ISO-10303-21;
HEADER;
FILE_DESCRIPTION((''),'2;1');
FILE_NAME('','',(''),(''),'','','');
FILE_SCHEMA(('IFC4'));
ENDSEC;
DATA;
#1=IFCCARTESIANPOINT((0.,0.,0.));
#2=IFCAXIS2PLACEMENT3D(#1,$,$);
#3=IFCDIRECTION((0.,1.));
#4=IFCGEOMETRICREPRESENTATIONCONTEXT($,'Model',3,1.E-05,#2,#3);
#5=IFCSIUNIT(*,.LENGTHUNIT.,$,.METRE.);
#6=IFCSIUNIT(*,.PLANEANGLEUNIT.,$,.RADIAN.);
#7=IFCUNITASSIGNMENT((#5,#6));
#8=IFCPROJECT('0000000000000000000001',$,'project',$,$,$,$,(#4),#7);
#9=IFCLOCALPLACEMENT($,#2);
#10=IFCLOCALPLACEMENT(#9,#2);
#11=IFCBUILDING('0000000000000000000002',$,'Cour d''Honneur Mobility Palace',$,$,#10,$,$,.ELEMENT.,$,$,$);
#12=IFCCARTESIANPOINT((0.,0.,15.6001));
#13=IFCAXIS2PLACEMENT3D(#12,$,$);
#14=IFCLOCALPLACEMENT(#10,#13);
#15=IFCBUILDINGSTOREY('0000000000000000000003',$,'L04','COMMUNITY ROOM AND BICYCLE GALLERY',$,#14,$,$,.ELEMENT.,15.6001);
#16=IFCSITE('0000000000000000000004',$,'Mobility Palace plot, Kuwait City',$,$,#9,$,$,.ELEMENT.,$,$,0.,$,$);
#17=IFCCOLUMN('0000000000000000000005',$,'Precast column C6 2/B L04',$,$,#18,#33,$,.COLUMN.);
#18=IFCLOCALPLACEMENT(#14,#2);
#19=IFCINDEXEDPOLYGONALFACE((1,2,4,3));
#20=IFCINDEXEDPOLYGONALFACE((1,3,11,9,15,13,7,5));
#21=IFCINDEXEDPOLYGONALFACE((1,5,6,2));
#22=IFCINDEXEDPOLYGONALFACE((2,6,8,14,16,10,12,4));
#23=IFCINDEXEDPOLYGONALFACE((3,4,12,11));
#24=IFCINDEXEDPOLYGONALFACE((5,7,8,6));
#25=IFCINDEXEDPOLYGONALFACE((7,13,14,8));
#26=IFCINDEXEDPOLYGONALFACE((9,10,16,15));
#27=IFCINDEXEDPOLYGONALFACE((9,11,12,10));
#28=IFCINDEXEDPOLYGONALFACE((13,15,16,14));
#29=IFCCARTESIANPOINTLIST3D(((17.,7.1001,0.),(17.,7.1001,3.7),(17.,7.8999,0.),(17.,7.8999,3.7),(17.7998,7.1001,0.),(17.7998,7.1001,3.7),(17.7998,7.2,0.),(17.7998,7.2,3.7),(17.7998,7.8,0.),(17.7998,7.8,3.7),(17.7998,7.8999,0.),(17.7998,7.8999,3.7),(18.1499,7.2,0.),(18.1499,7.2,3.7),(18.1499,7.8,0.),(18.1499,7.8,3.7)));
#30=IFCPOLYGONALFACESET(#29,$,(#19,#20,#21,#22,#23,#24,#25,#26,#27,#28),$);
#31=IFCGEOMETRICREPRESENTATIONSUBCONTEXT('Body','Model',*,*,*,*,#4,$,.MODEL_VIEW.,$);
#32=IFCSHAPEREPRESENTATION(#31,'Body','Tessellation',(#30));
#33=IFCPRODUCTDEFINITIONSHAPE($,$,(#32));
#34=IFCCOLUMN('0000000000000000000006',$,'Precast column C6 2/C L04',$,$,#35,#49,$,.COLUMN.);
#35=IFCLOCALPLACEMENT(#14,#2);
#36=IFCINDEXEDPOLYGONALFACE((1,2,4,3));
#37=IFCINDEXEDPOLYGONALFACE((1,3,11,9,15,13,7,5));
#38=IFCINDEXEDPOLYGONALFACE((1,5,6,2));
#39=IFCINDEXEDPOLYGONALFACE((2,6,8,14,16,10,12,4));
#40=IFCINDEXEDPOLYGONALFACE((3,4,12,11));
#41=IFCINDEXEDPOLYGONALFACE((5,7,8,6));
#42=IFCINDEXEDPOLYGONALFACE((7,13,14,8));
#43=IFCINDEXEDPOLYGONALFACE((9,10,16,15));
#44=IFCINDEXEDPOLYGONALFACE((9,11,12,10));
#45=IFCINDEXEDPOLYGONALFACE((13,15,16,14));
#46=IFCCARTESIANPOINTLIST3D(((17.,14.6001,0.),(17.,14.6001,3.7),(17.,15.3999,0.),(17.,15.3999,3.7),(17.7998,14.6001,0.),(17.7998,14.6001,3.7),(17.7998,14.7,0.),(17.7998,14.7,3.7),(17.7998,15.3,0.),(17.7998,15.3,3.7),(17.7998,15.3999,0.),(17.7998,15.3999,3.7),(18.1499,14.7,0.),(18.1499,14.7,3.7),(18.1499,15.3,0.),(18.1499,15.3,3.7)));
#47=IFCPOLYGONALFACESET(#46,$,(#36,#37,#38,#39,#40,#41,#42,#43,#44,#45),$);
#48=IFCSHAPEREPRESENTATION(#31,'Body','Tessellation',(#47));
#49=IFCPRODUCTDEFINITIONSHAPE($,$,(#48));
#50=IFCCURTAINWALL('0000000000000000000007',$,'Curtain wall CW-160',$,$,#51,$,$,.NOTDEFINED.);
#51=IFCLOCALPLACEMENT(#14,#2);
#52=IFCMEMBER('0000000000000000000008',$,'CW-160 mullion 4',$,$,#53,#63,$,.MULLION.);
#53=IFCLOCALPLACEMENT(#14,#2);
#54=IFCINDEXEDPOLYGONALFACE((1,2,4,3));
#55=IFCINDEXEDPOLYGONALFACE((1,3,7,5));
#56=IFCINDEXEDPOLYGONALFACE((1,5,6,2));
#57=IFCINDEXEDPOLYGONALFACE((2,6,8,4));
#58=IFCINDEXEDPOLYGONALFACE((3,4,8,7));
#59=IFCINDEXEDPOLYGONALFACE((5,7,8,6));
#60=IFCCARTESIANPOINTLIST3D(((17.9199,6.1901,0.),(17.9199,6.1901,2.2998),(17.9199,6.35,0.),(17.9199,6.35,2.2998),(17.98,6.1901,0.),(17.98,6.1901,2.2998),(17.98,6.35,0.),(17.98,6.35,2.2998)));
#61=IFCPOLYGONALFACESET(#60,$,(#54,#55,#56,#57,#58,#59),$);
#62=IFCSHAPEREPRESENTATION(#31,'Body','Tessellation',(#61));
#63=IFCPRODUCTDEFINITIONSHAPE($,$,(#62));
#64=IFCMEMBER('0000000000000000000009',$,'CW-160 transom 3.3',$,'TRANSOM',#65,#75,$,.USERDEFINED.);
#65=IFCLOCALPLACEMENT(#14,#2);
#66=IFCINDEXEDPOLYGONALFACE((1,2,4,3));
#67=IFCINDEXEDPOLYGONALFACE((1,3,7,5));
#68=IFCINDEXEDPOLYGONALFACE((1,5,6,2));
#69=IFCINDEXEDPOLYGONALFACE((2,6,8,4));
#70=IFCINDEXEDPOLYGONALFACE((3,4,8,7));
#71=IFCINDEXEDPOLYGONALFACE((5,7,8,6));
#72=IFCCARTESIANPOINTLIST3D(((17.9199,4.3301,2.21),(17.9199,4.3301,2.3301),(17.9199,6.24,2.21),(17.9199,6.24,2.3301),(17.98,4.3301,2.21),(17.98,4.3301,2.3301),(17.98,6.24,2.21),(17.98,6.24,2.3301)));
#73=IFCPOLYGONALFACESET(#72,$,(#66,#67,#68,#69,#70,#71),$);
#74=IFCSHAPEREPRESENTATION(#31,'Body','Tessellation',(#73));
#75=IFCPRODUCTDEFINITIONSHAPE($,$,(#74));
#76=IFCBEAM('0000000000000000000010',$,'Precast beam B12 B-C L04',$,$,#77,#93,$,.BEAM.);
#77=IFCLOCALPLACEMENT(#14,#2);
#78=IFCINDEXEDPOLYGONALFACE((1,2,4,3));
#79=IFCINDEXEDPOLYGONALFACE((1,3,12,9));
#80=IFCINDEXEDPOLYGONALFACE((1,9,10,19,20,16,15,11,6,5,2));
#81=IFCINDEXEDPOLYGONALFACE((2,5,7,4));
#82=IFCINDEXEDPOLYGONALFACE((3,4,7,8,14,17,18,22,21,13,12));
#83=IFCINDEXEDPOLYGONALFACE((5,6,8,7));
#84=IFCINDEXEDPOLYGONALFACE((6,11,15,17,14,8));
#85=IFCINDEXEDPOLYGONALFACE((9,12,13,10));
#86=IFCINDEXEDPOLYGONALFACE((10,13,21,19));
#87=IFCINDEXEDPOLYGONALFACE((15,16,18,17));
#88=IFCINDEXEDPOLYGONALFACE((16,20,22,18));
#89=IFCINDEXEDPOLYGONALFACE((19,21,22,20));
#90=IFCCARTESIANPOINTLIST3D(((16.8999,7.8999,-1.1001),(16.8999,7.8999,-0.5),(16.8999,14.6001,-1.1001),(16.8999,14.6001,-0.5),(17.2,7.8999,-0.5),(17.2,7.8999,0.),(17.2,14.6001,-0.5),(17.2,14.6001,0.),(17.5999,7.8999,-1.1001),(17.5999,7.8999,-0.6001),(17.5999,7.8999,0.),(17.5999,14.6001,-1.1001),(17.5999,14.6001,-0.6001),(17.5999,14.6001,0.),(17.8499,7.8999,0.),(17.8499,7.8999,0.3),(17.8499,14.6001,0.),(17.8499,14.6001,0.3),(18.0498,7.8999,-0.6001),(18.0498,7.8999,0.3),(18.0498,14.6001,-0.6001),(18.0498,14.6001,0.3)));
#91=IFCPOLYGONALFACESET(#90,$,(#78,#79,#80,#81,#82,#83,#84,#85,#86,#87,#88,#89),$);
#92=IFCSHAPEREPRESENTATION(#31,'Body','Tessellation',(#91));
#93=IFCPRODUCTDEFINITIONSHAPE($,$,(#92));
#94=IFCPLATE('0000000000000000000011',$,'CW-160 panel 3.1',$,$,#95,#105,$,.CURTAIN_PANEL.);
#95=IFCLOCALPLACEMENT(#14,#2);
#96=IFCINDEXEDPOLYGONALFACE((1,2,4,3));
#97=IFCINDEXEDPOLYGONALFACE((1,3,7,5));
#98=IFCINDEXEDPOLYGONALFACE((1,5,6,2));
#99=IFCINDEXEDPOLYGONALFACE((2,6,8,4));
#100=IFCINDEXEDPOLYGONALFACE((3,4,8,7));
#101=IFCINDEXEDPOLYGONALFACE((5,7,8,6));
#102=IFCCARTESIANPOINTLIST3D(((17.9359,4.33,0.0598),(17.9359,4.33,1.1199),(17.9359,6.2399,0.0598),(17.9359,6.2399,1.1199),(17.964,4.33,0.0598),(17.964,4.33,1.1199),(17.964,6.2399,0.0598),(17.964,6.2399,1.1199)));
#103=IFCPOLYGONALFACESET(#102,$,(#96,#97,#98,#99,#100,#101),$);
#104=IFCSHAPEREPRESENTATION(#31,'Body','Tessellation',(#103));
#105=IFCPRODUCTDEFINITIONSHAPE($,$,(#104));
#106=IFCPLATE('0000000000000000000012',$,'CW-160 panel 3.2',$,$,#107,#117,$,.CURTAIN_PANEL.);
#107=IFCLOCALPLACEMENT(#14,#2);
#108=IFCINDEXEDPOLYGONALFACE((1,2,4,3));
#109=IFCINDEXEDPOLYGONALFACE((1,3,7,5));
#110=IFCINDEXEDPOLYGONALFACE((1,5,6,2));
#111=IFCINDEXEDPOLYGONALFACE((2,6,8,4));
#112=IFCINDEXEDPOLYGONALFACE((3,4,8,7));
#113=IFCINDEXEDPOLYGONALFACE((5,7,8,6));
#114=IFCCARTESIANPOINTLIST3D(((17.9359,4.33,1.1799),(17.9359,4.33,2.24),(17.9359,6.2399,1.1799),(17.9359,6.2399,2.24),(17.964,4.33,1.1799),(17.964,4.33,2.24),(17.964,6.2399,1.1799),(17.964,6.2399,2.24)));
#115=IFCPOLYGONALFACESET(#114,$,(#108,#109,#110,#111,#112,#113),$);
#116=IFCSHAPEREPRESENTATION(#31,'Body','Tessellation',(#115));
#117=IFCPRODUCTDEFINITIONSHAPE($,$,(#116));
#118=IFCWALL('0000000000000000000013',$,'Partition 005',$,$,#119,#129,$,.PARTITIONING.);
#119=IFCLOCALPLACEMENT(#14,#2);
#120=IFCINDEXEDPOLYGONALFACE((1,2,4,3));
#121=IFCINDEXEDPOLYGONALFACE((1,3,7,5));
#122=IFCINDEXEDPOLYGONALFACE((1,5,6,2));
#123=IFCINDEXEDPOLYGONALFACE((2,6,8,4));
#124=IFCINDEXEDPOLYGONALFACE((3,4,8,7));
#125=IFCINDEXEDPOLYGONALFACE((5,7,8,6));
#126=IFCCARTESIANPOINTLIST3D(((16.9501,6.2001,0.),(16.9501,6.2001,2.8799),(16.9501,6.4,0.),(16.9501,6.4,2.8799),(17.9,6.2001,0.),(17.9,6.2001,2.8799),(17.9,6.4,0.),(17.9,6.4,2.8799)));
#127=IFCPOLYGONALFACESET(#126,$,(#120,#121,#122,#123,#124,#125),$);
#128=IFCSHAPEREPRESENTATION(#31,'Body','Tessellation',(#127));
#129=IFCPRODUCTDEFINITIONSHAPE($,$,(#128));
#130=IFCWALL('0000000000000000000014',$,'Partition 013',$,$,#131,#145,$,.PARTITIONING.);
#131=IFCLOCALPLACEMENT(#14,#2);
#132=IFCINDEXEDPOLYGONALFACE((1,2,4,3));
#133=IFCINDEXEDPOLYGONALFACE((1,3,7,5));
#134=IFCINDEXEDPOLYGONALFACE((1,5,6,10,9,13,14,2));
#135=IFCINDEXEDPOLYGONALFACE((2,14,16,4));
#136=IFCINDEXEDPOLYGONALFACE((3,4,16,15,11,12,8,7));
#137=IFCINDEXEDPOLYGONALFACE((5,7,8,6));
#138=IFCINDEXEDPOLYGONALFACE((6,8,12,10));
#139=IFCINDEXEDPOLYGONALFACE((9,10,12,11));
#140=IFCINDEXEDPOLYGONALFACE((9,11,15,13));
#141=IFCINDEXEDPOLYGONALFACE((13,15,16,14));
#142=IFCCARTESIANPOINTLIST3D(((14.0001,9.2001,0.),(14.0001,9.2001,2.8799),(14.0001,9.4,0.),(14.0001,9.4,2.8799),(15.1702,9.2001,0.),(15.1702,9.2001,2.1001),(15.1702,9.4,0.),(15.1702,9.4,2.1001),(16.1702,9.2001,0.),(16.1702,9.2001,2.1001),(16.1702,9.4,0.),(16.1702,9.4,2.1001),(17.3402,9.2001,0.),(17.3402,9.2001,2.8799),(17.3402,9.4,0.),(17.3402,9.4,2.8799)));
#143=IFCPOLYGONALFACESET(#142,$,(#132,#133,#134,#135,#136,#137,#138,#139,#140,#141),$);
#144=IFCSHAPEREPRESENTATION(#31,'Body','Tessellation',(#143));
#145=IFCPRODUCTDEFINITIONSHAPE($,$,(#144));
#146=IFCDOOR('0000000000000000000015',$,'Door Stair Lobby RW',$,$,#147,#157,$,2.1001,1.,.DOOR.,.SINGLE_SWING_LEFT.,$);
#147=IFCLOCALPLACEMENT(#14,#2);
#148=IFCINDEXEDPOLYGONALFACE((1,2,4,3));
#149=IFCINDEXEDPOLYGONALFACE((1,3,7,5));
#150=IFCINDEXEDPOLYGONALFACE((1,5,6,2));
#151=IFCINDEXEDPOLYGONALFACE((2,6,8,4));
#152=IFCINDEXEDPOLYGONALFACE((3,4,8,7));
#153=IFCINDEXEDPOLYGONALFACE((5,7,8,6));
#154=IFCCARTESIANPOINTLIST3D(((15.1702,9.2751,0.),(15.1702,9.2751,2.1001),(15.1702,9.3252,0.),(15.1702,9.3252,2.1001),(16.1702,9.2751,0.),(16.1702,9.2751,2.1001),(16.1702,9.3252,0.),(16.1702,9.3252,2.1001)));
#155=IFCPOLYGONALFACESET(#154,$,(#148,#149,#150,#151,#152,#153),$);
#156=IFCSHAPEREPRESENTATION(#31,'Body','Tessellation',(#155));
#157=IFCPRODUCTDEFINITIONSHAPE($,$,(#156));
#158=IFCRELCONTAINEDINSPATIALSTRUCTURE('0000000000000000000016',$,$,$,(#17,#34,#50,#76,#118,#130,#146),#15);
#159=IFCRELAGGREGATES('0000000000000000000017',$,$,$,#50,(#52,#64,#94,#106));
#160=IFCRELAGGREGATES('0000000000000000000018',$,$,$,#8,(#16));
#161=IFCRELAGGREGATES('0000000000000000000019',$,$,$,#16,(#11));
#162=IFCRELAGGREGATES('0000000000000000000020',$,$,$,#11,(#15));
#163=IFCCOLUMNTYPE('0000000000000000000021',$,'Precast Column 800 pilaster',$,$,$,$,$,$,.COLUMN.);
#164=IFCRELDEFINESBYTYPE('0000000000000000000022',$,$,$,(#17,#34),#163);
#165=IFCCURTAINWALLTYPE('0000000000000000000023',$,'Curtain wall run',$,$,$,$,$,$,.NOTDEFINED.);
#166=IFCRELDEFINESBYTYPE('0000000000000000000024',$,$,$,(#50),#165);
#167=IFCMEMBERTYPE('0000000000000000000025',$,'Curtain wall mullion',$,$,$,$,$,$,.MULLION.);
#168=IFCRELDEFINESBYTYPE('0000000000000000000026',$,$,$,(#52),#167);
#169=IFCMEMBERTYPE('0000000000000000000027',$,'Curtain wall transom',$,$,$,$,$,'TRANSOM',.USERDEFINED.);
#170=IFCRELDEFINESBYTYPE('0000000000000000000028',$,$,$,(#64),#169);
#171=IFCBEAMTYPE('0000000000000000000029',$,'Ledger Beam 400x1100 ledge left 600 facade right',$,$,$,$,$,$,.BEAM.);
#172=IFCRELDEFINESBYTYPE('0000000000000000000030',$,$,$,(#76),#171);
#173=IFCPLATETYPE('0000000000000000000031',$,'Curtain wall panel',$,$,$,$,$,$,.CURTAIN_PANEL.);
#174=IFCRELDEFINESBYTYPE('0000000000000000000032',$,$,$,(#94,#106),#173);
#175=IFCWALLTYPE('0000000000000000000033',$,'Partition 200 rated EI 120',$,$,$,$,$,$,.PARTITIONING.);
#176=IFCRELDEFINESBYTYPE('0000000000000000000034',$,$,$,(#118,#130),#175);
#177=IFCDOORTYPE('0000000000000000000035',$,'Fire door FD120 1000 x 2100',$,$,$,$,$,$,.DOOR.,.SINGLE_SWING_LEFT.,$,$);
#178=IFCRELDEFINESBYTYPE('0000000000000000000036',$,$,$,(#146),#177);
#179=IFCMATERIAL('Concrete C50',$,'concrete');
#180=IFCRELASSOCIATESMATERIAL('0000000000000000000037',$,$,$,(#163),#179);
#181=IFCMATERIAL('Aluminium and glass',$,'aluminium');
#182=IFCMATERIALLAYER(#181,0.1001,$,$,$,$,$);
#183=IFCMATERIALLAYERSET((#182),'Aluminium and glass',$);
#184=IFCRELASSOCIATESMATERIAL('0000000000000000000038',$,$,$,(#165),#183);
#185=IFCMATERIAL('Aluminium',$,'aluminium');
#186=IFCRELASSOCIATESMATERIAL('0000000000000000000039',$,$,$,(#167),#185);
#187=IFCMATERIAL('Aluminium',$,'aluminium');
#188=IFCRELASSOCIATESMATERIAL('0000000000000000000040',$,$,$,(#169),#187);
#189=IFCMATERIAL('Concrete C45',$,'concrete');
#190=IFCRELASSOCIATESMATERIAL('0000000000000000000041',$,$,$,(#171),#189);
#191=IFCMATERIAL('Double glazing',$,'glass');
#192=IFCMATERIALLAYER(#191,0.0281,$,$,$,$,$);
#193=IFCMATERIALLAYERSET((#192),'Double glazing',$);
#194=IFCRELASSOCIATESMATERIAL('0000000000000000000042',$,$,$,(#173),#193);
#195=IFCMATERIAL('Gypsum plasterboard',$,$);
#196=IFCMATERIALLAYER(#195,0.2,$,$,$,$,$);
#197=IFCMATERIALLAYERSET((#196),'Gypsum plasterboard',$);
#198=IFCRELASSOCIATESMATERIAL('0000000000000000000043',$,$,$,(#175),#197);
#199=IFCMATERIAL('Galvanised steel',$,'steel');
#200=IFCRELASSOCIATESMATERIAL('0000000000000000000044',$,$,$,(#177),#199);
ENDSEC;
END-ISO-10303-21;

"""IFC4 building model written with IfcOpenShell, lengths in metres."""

from ifc_helpers import new_model, si_unit, direction, frame, frame_2d, origin, origin_2d, place, context, subcontext, project, spatial, polyline, rectangle, outline, extrude, material, layer, layer_set, material_profile, profile_set, type_object, element, fill, aggregate, save


model = new_model("IFC4")

# Units and contexts
model_context = context("Model", 3, precision=1e-05, world=origin(), true_north=direction((0.0, 1.0)))
body_context = subcontext(model_context, "Body", "Model", "MODEL_VIEW")
ifc_project = project(units=[si_unit("LENGTHUNIT", "METRE"), si_unit("PLANEANGLEUNIT", "RADIAN")], contexts=[model_context])

# Site, building, storey
site_placement = place(None, origin())
site = spatial("IfcSite", under=ifc_project, at=site_placement, Name="Mobility Palace plot, Kuwait City", CompositionType="ELEMENT", RefElevation=0.0)
building_placement = place(site_placement, origin())
building = spatial("IfcBuilding", under=site, at=building_placement, Name="Cour d'Honneur Mobility Palace", CompositionType="ELEMENT")
storey_placement = place(building_placement, frame((0.0, 0.0, 15.6001)))
storey = spatial("IfcBuildingStorey", under=building, at=storey_placement, Name="L04", Description="COMMUNITY ROOM AND BICYCLE GALLERY", CompositionType="ELEMENT", Elevation=15.6001)

# Columns
ifc_material_1 = material(Name="Concrete C50", Category="concrete")
ifc_material_profile_1 = material_profile(ifc_material_1, outline(polyline([(-0.3999, -0.3999), (0.3999, -0.3999), (0.3999, -0.3), (0.75, -0.3), (0.75, 0.3), (0.3999, 0.3), (0.3999, 0.3999), (-0.3999, 0.3999), (-0.3999, -0.3999)])), Name="PC C800 pilaster")
ifc_profile_set_1 = profile_set([ifc_material_profile_1], Name="Concrete C50")
column_type = type_object("IfcColumnType", Name="Precast Column 800 pilaster", PredefinedType="COLUMN", material=ifc_profile_set_1)
for number, where, z_axis, x_axis, name in (
    (1, (17.3999, 7.5, 0.0), (0.0, 0.0, 1.0), (1.0, 0.0, 0.0), "Precast column C6 2/B L04"),
    (2, (17.3999, 15.0, 0.0), (0.0, 0.0, 1.0), (1.0, 0.0, 0.0), "Precast column C6 2/C L04"),
):
    element("IfcColumn", number, at=place(storey_placement, frame(where, z_axis=z_axis, x_axis=x_axis)), inside=storey, type_object=column_type, Name=name, PredefinedType="COLUMN", context=body_context, shape_type="SweptSolid", body=[
        extrude(outline(polyline([(-0.3999, -0.3999), (0.3999, -0.3999), (0.3999, -0.3), (0.75, -0.3), (0.75, 0.3), (0.3999, 0.3), (0.3999, 0.3999), (-0.3999, 0.3999), (-0.3999, -0.3999)])), origin(), (0.0, 0.0, 1.0), 3.7),
    ])

# Curtain wall, members
ifc_material_2 = material(Name="Aluminium and glass", Category="aluminium")
ifc_layer_1 = layer(ifc_material_2, 0.1001)
ifc_layer_set_1 = layer_set([ifc_layer_1], Name="Aluminium and glass")
curtain_wall_type = type_object("IfcCurtainWallType", Name="Curtain wall run", PredefinedType="NOTDEFINED", material=ifc_layer_set_1)
curtain_wall_placement = place(storey_placement, origin())
curtain_wall = element("IfcCurtainWall", 3, at=curtain_wall_placement, inside=storey, type_object=curtain_wall_type, Name="Curtain wall CW-160", PredefinedType="NOTDEFINED")
ifc_material_3 = material(Name="Aluminium", Category="aluminium")
ifc_material_profile_2 = material_profile(ifc_material_3, rectangle(XDim=0.0601, YDim=0.1599, at=origin_2d()), Name="Curtain wall mullion")
ifc_profile_set_2 = profile_set([ifc_material_profile_2], Name="Aluminium")
member_type_1 = type_object("IfcMemberType", Name="Curtain wall mullion", PredefinedType="MULLION", material=ifc_profile_set_2)
member_1_placement = place(storey_placement, frame((17.95, 6.27, 0.0), z_axis=(0.0, 0.0, 1.0), x_axis=(-1.0, 0.0, 0.0)))
member_1 = element("IfcMember", 4, at=member_1_placement, type_object=member_type_1, Name="CW-160 mullion 4", PredefinedType="MULLION", context=body_context, shape_type="SweptSolid", body=[
    extrude(rectangle(XDim=0.0601, YDim=0.1599, at=origin_2d()), origin(), (0.0, 0.0, 1.0), 2.2998),
])
ifc_material_4 = material(Name="Aluminium", Category="aluminium")
ifc_material_profile_3 = material_profile(ifc_material_4, rectangle(XDim=0.0601, YDim=0.1201, at=origin_2d()), Name="Curtain wall transom")
ifc_profile_set_3 = profile_set([ifc_material_profile_3], Name="Aluminium")
member_type_2 = type_object("IfcMemberType", Name="Curtain wall transom", ElementType="TRANSOM", PredefinedType="USERDEFINED", material=ifc_profile_set_3)
member_2_placement = place(storey_placement, frame((17.95, 4.3301, 2.27), z_axis=(0.0, 1.0, 0.0), x_axis=(-1.0, 0.0, 0.0)))
member_2 = element("IfcMember", 5, at=member_2_placement, type_object=member_type_2, Name="CW-160 transom 3.3", ObjectType="TRANSOM", PredefinedType="USERDEFINED", context=body_context, shape_type="SweptSolid", body=[
    extrude(rectangle(XDim=0.0601, YDim=0.1201, at=origin_2d()), origin(), (0.0, 0.0, 1.0), 1.9099),
])

# Beam
ifc_material_5 = material(Name="Concrete C45", Category="concrete")
ifc_material_profile_4 = material_profile(ifc_material_5, outline(polyline([(0.5, -1.1001), (0.5, -0.5), (0.2, -0.5), (0.2, 0.0), (-0.2, 0.0), (-0.45, 0.0), (-0.45, 0.3), (-0.6499, 0.3), (-0.6499, -0.6001), (-0.2, -0.6001), (-0.2, -1.1001), (0.5, -1.1001)])), Name="Ledger Beam 400x1100 ledge left 600 facade right")
ifc_profile_set_4 = profile_set([ifc_material_profile_4], Name="Concrete C45")
beam_type = type_object("IfcBeamType", Name="Ledger Beam 400x1100 ledge left 600 facade right", PredefinedType="BEAM", material=ifc_profile_set_4)
beam_placement = place(storey_placement, frame((17.3999, 7.8999, 0.0), z_axis=(0.0, 1.0, 0.0), x_axis=(-1.0, 0.0, 0.0)))
element("IfcBeam", 6, at=beam_placement, inside=storey, type_object=beam_type, Name="Precast beam B12 B-C L04", PredefinedType="BEAM", context=body_context, shape_type="SweptSolid", body=[
    extrude(outline(polyline([(0.5, -1.1001), (0.5, -0.5), (0.2, -0.5), (0.2, 0.0), (-0.2, 0.0), (-0.45, 0.0), (-0.45, 0.3), (-0.6499, 0.3), (-0.6499, -0.6001), (-0.2, -0.6001), (-0.2, -1.1001), (0.5, -1.1001)])), origin(), (0.0, 0.0, 1.0), 6.7002),
])

# Plates
ifc_material_6 = material(Name="Double glazing", Category="glass")
ifc_layer_2 = layer(ifc_material_6, 0.0281)
ifc_layer_set_2 = layer_set([ifc_layer_2], Name="Double glazing")
plate_type = type_object("IfcPlateType", Name="Curtain wall panel", PredefinedType="CURTAIN_PANEL", material=ifc_layer_set_2)
plate_1_placement = place(storey_placement, frame((17.95, 5.2849, 0.0598), z_axis=(0.0, 0.0, 1.0), x_axis=(0.0, 1.0, 0.0)))
plate_1 = element("IfcPlate", 7, at=plate_1_placement, type_object=plate_type, Name="CW-160 panel 3.1", PredefinedType="CURTAIN_PANEL", context=body_context, shape_type="SweptSolid", body=[
    extrude(rectangle(XDim=1.9099, YDim=0.0281, at=origin_2d()), origin(), (0.0, 0.0, 1.0), 1.0601),
])
plate_2_placement = place(storey_placement, frame((17.95, 5.2849, 1.1799), z_axis=(0.0, 0.0, 1.0), x_axis=(0.0, 1.0, 0.0)))
plate_2 = element("IfcPlate", 8, at=plate_2_placement, type_object=plate_type, Name="CW-160 panel 3.2", PredefinedType="CURTAIN_PANEL", context=body_context, shape_type="SweptSolid", body=[
    extrude(rectangle(XDim=1.9099, YDim=0.0281, at=origin_2d()), origin(), (0.0, 0.0, 1.0), 1.0601),
])
aggregate(curtain_wall, [member_1, member_2, plate_1, plate_2])

# Wall
ifc_material_7 = material(Name="Gypsum plasterboard")
ifc_layer_3 = layer(ifc_material_7, 0.2)
ifc_layer_set_3 = layer_set([ifc_layer_3], Name="Gypsum plasterboard")
wall_type = type_object("IfcWallType", Name="Partition 200 rated EI 120", PredefinedType="PARTITIONING", material=ifc_layer_set_3)
wall_1_placement = place(storey_placement, frame((16.95, 6.3, 0.0), z_axis=(0.0, 0.0, 1.0), x_axis=(1.0, 0.0, 0.0)))
element("IfcWall", 9, at=wall_1_placement, inside=storey, type_object=wall_type, Name="Partition 005", PredefinedType="PARTITIONING", context=body_context, shape_type="SweptSolid", body=[
    extrude(rectangle(XDim=0.95, YDim=0.2, at=frame_2d((0.4751, 0.0))), origin(), (0.0, 0.0, 1.0), 2.8799),
])

# Wall, opening, door
wall_2_placement = place(storey_placement, frame((17.3401, 9.3, 0.0), z_axis=(0.0, 0.0, 1.0), x_axis=(-1.0, 0.0, 0.0)))
wall_2 = element("IfcWall", 10, at=wall_2_placement, inside=storey, type_object=wall_type, Name="Partition 013", PredefinedType="PARTITIONING", context=body_context, shape_type="SweptSolid", body=[
    extrude(rectangle(XDim=3.3401, YDim=0.2, at=frame_2d((1.6699, 0.0))), origin(), (0.0, 0.0, 1.0), 2.8799),
])
opening_placement = place(wall_2_placement, frame((1.1699, 0.0, 0.0)))
opening = element("IfcOpeningElement", 11, at=opening_placement, cuts=wall_2, PredefinedType="OPENING", context=body_context, shape_type="SweptSolid", body=[
    extrude(rectangle(XDim=1.0, YDim=2.1001, at=frame_2d((0.5, 1.05))), frame((0.0, 0.1099, 0.0), z_axis=(0.0, -1.0, 0.0), x_axis=(1.0, 0.0, 0.0)), (0.0, 0.0, 1.0), 0.22),
])
ifc_material_8 = material(Name="Galvanised steel", Category="steel")
door_type = type_object("IfcDoorType", Name="Fire door FD120 1000 x 2100", OperationType="SINGLE_SWING_LEFT", PredefinedType="DOOR", material=ifc_material_8)
door_placement = place(opening_placement, origin())
door = element("IfcDoor", 12, at=door_placement, inside=storey, type_object=door_type, Name="Door Stair Lobby RW", OperationType="SINGLE_SWING_LEFT", OverallHeight=2.1001, OverallWidth=1.0, PredefinedType="DOOR", context=body_context, shape_type="SweptSolid", body=[
    extrude(rectangle(XDim=1.0, YDim=2.1001, at=frame_2d((0.5, 1.05))), frame((0.0, 0.0249, 0.0), z_axis=(0.0, -1.0, 0.0), x_axis=(1.0, 0.0, 0.0)), (0.0, 0.0, 1.0), 0.05),
])
fill(opening, door)

save(model, "model.ifc")
